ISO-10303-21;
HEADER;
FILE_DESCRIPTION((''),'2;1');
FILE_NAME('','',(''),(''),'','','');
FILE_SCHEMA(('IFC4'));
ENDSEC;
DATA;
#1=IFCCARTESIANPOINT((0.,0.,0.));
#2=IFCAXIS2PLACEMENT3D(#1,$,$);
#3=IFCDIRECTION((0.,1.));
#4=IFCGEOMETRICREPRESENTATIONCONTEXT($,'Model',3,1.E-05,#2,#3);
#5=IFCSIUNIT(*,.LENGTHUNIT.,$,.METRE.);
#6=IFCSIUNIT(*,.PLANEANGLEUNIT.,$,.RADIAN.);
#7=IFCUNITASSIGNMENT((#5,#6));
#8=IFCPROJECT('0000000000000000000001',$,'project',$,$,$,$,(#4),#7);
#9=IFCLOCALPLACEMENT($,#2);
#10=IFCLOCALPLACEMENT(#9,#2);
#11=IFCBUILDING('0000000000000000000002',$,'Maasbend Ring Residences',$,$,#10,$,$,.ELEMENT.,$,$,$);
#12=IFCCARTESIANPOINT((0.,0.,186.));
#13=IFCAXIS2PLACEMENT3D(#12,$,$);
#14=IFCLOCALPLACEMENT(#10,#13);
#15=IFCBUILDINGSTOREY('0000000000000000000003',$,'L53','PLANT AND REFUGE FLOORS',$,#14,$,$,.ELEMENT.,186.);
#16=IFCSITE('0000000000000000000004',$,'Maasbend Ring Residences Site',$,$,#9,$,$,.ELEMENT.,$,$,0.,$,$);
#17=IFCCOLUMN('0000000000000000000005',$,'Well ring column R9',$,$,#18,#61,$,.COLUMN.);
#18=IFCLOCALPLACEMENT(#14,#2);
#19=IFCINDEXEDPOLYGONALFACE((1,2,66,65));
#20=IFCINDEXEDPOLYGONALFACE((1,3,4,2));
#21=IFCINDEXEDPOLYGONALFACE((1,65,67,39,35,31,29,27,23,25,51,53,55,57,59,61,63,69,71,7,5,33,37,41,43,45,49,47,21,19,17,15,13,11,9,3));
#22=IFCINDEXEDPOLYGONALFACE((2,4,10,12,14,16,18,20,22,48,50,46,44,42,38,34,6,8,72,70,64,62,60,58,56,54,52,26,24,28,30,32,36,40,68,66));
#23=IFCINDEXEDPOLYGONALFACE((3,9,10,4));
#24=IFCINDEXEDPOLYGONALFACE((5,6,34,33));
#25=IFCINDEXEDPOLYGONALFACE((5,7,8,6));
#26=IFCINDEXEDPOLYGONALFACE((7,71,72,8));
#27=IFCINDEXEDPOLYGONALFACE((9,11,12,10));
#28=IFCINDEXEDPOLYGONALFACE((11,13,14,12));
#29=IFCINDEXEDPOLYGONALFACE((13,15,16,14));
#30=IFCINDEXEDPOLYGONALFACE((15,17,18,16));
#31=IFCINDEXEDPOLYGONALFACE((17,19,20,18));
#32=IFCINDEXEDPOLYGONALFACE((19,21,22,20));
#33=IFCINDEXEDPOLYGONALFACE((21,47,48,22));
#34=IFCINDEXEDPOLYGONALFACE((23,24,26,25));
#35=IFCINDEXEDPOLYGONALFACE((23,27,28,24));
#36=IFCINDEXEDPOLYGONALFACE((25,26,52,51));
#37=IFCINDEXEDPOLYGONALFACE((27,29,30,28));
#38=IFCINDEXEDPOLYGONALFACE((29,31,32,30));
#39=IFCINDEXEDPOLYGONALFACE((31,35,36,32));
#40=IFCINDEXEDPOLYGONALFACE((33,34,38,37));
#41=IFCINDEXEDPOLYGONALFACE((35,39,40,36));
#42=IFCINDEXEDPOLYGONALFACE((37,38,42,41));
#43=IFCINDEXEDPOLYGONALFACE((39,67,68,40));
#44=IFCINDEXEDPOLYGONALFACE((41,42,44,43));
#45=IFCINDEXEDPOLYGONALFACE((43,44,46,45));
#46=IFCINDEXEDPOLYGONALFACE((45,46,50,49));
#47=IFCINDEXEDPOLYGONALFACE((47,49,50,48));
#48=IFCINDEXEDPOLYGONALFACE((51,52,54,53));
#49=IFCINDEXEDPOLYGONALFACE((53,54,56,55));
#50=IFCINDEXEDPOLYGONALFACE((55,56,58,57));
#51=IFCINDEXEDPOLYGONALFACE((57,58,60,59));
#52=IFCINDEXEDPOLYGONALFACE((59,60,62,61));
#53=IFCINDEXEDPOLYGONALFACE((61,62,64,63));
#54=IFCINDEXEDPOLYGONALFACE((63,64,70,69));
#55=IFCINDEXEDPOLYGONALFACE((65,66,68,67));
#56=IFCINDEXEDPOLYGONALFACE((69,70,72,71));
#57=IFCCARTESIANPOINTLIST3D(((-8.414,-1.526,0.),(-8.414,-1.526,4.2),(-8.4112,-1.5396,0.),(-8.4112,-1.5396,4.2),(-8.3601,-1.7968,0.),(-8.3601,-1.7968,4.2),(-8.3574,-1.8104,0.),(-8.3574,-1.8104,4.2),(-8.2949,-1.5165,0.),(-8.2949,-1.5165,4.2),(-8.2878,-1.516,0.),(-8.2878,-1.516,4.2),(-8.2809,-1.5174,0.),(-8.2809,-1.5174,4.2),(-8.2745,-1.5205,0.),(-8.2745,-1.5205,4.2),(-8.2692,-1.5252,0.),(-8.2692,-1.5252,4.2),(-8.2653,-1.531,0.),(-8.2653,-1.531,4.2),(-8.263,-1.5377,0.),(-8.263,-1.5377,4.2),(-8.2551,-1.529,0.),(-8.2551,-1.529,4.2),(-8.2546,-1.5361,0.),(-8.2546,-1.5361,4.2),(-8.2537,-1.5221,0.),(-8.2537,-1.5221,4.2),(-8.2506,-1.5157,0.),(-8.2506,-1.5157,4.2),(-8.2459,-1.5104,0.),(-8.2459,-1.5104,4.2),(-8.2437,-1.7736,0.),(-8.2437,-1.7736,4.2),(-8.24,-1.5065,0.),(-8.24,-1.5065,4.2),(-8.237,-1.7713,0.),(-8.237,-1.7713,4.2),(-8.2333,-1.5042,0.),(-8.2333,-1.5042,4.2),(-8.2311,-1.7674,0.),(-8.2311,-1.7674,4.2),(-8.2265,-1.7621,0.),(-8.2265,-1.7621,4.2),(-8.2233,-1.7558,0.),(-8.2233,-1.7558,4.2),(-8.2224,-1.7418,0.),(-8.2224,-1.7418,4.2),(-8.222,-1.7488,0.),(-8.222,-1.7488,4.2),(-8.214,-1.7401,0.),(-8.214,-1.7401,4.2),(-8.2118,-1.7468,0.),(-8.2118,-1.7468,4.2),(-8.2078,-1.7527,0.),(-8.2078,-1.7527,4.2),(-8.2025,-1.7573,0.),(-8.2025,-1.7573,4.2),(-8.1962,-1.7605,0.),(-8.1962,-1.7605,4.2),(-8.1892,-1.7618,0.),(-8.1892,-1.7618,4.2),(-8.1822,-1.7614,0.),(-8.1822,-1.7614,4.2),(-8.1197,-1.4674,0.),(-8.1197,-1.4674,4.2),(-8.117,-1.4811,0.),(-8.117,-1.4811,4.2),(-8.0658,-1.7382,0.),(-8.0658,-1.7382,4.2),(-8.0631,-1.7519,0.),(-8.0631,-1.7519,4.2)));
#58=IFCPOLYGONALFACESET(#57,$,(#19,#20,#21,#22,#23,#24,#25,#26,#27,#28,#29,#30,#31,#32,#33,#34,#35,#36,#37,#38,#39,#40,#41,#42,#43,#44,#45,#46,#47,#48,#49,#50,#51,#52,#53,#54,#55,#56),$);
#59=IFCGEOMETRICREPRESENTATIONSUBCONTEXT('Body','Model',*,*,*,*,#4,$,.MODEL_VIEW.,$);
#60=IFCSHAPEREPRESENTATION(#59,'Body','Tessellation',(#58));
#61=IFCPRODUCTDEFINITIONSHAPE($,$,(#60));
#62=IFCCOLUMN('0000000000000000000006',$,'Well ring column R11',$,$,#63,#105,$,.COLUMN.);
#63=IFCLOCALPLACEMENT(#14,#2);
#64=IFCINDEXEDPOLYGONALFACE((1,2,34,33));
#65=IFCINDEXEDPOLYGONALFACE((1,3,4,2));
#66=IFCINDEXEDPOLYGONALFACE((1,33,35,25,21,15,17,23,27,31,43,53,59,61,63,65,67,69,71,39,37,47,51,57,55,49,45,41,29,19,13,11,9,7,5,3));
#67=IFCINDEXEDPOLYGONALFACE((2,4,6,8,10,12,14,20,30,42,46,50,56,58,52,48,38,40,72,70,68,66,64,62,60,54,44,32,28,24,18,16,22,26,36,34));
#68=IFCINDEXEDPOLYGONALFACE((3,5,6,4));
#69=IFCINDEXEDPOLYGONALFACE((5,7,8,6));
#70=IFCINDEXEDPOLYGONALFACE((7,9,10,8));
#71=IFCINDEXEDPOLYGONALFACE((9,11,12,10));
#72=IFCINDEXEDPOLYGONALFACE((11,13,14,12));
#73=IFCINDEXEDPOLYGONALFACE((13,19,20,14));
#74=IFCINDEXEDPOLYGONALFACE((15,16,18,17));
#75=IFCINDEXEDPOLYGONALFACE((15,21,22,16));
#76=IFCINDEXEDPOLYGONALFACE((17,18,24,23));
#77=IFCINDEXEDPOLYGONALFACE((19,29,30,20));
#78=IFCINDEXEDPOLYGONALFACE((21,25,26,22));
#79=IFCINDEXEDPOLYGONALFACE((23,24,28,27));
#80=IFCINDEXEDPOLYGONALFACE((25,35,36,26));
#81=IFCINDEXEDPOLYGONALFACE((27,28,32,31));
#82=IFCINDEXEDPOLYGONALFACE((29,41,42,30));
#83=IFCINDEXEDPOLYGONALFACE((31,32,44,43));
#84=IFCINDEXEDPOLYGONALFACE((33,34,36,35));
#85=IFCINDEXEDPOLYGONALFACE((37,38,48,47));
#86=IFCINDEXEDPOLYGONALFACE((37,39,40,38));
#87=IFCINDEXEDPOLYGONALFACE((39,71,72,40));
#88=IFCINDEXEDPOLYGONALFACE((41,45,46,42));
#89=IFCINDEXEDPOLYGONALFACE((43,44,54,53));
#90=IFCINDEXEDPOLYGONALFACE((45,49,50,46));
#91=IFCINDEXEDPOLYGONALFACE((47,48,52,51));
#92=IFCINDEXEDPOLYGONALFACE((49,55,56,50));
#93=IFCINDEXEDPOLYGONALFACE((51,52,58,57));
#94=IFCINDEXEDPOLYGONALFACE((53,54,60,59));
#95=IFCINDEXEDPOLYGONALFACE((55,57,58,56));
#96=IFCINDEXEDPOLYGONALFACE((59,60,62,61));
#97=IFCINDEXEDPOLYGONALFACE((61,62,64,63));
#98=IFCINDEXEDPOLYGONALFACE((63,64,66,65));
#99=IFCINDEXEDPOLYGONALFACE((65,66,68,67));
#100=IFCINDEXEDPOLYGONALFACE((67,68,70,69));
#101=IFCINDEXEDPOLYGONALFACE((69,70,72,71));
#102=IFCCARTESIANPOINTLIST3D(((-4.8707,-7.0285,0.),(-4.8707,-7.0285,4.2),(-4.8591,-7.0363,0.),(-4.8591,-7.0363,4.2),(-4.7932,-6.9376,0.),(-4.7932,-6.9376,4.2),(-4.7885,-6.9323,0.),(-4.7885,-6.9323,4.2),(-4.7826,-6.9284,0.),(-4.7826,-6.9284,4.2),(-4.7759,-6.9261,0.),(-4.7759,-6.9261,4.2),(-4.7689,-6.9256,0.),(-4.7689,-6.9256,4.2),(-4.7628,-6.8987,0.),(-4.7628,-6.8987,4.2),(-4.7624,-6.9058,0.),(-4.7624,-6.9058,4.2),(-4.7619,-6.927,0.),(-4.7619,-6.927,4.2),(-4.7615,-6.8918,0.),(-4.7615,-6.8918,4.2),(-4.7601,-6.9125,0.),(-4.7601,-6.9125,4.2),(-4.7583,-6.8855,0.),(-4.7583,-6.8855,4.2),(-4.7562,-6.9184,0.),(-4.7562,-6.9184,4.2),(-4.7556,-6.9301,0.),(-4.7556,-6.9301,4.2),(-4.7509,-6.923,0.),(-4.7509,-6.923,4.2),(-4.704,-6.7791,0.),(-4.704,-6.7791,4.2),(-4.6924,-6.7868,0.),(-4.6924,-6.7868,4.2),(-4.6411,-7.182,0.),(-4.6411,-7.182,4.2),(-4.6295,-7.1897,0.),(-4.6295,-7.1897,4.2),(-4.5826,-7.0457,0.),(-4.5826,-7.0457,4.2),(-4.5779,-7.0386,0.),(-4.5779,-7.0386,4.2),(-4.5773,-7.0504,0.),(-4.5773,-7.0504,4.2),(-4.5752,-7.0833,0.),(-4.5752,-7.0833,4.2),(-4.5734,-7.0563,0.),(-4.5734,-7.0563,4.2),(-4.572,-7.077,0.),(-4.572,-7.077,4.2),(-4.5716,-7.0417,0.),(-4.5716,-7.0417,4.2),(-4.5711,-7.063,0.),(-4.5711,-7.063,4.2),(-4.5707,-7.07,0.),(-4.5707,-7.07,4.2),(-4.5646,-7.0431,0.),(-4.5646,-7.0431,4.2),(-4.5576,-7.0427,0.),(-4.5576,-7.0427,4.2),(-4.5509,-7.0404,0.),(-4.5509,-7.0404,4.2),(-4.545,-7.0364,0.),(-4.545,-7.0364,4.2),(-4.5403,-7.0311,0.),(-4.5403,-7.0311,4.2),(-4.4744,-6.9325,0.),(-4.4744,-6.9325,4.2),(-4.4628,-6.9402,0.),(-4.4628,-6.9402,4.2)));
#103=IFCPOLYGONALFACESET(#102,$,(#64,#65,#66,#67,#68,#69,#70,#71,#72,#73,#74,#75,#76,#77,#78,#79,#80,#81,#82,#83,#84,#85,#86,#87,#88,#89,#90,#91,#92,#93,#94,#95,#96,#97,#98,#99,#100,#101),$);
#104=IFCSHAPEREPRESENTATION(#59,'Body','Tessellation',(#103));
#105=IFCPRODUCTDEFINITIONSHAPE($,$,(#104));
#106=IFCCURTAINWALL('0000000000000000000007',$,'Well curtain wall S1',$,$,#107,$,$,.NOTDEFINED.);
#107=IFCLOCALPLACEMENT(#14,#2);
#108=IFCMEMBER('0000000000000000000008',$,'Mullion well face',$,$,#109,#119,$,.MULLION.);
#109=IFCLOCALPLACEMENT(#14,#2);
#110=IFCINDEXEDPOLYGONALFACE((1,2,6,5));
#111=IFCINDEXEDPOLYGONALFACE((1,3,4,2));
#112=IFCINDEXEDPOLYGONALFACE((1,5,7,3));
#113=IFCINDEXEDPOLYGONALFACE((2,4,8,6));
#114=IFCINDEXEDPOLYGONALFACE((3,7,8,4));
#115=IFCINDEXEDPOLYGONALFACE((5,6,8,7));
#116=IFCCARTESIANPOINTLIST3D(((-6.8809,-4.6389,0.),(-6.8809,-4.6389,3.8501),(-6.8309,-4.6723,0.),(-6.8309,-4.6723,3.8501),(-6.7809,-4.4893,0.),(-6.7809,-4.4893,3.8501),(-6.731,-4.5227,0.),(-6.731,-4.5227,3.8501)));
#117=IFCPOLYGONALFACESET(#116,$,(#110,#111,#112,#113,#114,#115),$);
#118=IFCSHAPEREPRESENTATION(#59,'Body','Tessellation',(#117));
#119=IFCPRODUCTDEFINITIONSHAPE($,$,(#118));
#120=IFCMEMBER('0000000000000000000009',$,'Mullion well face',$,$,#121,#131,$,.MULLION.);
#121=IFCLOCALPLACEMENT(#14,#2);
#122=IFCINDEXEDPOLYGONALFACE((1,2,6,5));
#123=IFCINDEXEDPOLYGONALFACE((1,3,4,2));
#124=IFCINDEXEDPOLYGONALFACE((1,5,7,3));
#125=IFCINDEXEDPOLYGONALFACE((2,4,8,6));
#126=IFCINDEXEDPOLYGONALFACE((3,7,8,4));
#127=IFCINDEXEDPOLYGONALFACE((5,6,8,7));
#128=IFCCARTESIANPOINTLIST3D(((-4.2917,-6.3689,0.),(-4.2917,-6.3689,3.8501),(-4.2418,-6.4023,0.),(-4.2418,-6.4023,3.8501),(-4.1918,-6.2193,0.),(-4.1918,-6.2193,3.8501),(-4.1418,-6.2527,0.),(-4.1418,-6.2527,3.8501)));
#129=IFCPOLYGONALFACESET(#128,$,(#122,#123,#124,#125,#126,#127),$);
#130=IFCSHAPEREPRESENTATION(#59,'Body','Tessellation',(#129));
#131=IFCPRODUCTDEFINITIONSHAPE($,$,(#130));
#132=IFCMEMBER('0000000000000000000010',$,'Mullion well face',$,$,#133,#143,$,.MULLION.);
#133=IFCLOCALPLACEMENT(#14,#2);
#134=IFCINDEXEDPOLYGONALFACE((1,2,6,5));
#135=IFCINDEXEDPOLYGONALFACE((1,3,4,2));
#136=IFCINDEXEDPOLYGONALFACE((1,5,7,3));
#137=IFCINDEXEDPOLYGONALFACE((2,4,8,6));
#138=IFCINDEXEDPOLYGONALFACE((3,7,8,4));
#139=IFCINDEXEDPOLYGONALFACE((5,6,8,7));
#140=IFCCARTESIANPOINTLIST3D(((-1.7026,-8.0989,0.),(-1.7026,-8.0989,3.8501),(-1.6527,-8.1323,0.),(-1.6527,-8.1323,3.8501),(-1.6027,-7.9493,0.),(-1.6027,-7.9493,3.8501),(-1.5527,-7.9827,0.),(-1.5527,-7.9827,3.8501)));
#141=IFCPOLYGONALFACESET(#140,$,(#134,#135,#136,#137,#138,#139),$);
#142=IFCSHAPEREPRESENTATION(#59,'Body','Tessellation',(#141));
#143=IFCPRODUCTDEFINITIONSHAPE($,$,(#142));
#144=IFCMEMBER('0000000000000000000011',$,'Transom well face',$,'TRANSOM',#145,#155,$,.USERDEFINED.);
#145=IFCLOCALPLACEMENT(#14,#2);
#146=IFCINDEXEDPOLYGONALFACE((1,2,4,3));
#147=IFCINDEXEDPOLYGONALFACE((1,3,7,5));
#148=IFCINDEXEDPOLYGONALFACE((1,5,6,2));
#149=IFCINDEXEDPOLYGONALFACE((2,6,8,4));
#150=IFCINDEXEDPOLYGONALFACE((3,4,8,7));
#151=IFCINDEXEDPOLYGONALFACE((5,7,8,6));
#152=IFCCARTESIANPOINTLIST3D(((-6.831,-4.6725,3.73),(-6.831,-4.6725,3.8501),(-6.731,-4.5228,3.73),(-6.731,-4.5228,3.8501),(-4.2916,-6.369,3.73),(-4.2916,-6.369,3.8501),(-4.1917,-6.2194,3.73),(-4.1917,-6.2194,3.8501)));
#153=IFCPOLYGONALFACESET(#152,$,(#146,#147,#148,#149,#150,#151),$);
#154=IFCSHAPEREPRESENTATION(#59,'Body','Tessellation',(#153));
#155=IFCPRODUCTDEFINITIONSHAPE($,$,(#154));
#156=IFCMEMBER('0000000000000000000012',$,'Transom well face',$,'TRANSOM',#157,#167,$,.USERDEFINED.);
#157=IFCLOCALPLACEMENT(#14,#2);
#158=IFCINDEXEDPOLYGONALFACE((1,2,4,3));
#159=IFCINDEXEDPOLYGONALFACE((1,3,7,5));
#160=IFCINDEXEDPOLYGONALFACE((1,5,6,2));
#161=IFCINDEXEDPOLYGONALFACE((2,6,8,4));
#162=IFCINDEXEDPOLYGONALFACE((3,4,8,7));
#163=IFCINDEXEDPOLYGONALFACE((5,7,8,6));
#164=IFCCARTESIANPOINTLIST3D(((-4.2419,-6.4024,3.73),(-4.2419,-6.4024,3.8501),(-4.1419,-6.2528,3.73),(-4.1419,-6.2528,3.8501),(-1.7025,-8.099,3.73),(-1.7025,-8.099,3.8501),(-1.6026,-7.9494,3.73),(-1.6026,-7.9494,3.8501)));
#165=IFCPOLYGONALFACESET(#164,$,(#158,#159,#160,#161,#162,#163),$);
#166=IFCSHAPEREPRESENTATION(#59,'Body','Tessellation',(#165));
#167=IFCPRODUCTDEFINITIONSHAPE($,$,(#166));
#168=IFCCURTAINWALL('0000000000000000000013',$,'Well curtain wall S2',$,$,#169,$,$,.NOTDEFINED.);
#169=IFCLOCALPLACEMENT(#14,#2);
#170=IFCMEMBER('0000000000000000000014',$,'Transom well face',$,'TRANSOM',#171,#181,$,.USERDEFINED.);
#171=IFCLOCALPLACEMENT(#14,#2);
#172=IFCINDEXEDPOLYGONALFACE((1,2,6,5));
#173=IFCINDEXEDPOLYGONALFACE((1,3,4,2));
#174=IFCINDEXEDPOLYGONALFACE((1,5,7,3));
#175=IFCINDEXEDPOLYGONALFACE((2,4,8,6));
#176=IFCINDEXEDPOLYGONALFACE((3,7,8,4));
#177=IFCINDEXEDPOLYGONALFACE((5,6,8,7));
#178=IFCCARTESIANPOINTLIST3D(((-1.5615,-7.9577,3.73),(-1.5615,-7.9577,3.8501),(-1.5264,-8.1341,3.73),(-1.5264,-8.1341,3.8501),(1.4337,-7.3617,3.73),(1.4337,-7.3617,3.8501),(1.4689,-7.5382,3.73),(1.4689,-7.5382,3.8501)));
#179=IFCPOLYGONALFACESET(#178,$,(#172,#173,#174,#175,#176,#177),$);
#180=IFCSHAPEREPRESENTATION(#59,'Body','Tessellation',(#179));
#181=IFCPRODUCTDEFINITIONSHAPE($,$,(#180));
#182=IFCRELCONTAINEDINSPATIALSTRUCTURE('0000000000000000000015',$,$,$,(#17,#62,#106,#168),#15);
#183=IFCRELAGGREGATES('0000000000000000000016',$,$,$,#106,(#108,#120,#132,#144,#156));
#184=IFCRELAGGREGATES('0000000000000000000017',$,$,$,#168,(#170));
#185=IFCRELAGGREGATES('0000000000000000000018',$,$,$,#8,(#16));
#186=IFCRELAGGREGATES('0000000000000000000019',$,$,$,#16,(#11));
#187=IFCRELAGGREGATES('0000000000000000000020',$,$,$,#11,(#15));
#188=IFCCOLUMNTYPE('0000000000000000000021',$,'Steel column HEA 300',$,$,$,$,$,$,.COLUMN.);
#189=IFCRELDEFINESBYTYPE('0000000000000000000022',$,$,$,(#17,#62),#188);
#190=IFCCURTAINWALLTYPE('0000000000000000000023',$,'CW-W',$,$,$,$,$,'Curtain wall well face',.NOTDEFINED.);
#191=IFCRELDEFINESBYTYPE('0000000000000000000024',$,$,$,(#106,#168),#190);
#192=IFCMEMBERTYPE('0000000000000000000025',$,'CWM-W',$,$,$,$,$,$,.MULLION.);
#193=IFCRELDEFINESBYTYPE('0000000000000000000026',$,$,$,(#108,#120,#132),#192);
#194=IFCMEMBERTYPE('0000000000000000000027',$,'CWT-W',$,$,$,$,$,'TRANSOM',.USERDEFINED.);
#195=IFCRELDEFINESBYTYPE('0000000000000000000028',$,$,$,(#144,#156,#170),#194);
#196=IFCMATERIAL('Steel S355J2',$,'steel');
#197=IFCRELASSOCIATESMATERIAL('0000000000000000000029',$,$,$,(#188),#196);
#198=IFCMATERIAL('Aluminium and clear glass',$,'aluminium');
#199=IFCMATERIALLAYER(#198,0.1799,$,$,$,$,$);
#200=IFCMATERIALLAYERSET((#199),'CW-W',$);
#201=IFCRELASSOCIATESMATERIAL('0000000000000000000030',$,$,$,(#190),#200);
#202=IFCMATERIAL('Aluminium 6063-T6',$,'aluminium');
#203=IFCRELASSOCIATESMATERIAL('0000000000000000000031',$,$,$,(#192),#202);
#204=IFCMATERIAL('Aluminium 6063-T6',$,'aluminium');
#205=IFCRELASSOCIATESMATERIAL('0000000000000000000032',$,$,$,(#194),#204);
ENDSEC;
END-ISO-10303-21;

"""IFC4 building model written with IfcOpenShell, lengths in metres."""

from ifc_helpers import new_model, si_unit, direction, frame, origin, origin_2d, place, context, subcontext, project, spatial, rectangle, i_section, extrude, material, layer, layer_set, material_profile, profile_set, type_object, element, aggregate, save


model = new_model("IFC4")

# Units and contexts
model_context = context("Model", 3, precision=1e-05, world=origin(), true_north=direction((0.0, 1.0)))
body_context = subcontext(model_context, "Body", "Model", "MODEL_VIEW")
ifc_project = project(units=[si_unit("LENGTHUNIT", "METRE"), si_unit("PLANEANGLEUNIT", "RADIAN")], contexts=[model_context])

# Site, building, storey
site_placement = place(None, origin())
site = spatial("IfcSite", under=ifc_project, at=site_placement, Name="Maasbend Ring Residences Site", CompositionType="ELEMENT", RefElevation=0.0)
building_placement = place(site_placement, origin())
building = spatial("IfcBuilding", under=site, at=building_placement, Name="Maasbend Ring Residences", CompositionType="ELEMENT")
storey_placement = place(building_placement, frame((0.0, 0.0, 186.0)))
storey = spatial("IfcBuildingStorey", under=building, at=storey_placement, Name="L53", Description="PLANT AND REFUGE FLOORS", CompositionType="ELEMENT", Elevation=186.0)

# Columns
ifc_material_1 = material(Name="Steel S355J2", Category="steel")
ifc_material_profile_1 = material_profile(ifc_material_1, i_section(OverallWidth=0.3, OverallDepth=0.29, WebThickness=0.0085, FlangeThickness=0.0139, FilletRadius=0.0271, at=origin_2d()), Name="HEA 300")
ifc_profile_set_1 = profile_set([ifc_material_profile_1], Name="Steel S355J2")
column_type = type_object("IfcColumnType", Name="Steel column HEA 300", PredefinedType="COLUMN", material=ifc_profile_set_1)
for number, where, z_axis, x_axis, name in (
    (1, (-8.2385, -1.6389, 0.0), (0.0, 0.0, 1.0), (-0.980785, -0.19509, 0.0), "Well ring column R9"),
    (2, (-4.6667, -6.9844, 0.0), (0.0, 0.0, 1.0), (-0.55557, -0.83147, 0.0), "Well ring column R11"),
):
    element("IfcColumn", number, at=place(storey_placement, frame(where, z_axis=z_axis, x_axis=x_axis)), inside=storey, type_object=column_type, Name=name, PredefinedType="COLUMN", context=body_context, shape_type="SweptSolid", body=[
        extrude(i_section(OverallWidth=0.3, OverallDepth=0.29, WebThickness=0.0085, FlangeThickness=0.0139, FilletRadius=0.0271, at=origin_2d()), origin(), (0.0, 0.0, 1.0), 4.2),
    ])

# Curtain wall, members
ifc_material_2 = material(Name="Aluminium and clear glass", Category="aluminium")
ifc_layer_1 = layer(ifc_material_2, 0.1799)
ifc_layer_set_1 = layer_set([ifc_layer_1], Name="CW-W")
curtain_wall_type = type_object("IfcCurtainWallType", Name="CW-W", ElementType="Curtain wall well face", PredefinedType="NOTDEFINED", material=ifc_layer_set_1)
curtain_wall_1_placement = place(storey_placement, origin())
curtain_wall_1 = element("IfcCurtainWall", 3, at=curtain_wall_1_placement, inside=storey, type_object=curtain_wall_type, Name="Well curtain wall S1", PredefinedType="NOTDEFINED")
ifc_material_3 = material(Name="Aluminium 6063-T6", Category="aluminium")
ifc_material_profile_2 = material_profile(ifc_material_3, rectangle(XDim=0.1799, YDim=0.0601, at=origin_2d()), Name="AL 180x60")
ifc_profile_set_2 = profile_set([ifc_material_profile_2], Name="Aluminium 6063-T6")
member_type_1 = type_object("IfcMemberType", Name="CWM-W", PredefinedType="MULLION", material=ifc_profile_set_2)
member_1_placement = place(storey_placement, frame((-6.8059, -4.5808, 0.0), z_axis=(0.0, 0.0, 1.0), x_axis=(0.55557, 0.83147, 0.0)))
member_1 = element("IfcMember", 4, at=member_1_placement, type_object=member_type_1, Name="Mullion well face", PredefinedType="MULLION", context=body_context, shape_type="SweptSolid", body=[
    extrude(rectangle(XDim=0.1799, YDim=0.0601, at=origin_2d()), origin(), (0.0, 0.0, 1.0), 3.8501),
])
member_2_placement = place(storey_placement, frame((-4.2168, -6.3108, 0.0), z_axis=(0.0, 0.0, 1.0), x_axis=(0.55557, 0.83147, 0.0)))
member_2 = element("IfcMember", 5, at=member_2_placement, type_object=member_type_1, Name="Mullion well face", PredefinedType="MULLION", context=body_context, shape_type="SweptSolid", body=[
    extrude(rectangle(XDim=0.1799, YDim=0.0601, at=origin_2d()), origin(), (0.0, 0.0, 1.0), 3.8501),
])
member_3_placement = place(storey_placement, frame((-1.6277, -8.0408, 0.0), z_axis=(0.0, 0.0, 1.0), x_axis=(0.55557, 0.83147, 0.0)))
member_3 = element("IfcMember", 6, at=member_3_placement, type_object=member_type_1, Name="Mullion well face", PredefinedType="MULLION", context=body_context, shape_type="SweptSolid", body=[
    extrude(rectangle(XDim=0.1799, YDim=0.0601, at=origin_2d()), origin(), (0.0, 0.0, 1.0), 3.8501),
])
ifc_material_4 = material(Name="Aluminium 6063-T6", Category="aluminium")
ifc_material_profile_3 = material_profile(ifc_material_4, rectangle(XDim=0.1799, YDim=0.1201, at=origin_2d()), Name="AL 180x120")
ifc_profile_set_3 = profile_set([ifc_material_profile_3], Name="Aluminium 6063-T6")
member_type_2 = type_object("IfcMemberType", Name="CWT-W", ElementType="TRANSOM", PredefinedType="USERDEFINED", material=ifc_profile_set_3)
member_4_placement = place(storey_placement, frame((-6.781, -4.5977, 3.79), z_axis=(0.831496, -0.55553, 0.0), x_axis=(0.55553, 0.831496, 0.0)))
member_4 = element("IfcMember", 7, at=member_4_placement, type_object=member_type_2, Name="Transom well face", ObjectType="TRANSOM", PredefinedType="USERDEFINED", context=body_context, shape_type="SweptSolid", body=[
    extrude(rectangle(XDim=0.1799, YDim=0.1201, at=origin_2d()), origin(), (0.0, 0.0, 1.0), 3.054),
])
member_5_placement = place(storey_placement, frame((-4.1919, -6.3276, 3.79), z_axis=(0.831496, -0.55553, 0.0), x_axis=(0.55553, 0.831496, 0.0)))
member_5 = element("IfcMember", 8, at=member_5_placement, type_object=member_type_2, Name="Transom well face", ObjectType="TRANSOM", PredefinedType="USERDEFINED", context=body_context, shape_type="SweptSolid", body=[
    extrude(rectangle(XDim=0.1799, YDim=0.1201, at=origin_2d()), origin(), (0.0, 0.0, 1.0), 3.054),
])

# Curtain wall, member
curtain_wall_2_placement = place(storey_placement, origin())
curtain_wall_2 = element("IfcCurtainWall", 9, at=curtain_wall_2_placement, inside=storey, type_object=curtain_wall_type, Name="Well curtain wall S2", PredefinedType="NOTDEFINED")
member_6_placement = place(storey_placement, frame((-1.5439, -8.0459, 3.79), z_axis=(0.980777, 0.195132, 0.0), x_axis=(-0.195132, 0.980777, 0.0)))
member_6 = element("IfcMember", 10, at=member_6_placement, type_object=member_type_2, Name="Transom well face", ObjectType="TRANSOM", PredefinedType="USERDEFINED", context=body_context, shape_type="SweptSolid", body=[
    extrude(rectangle(XDim=0.1799, YDim=0.1201, at=origin_2d()), origin(), (0.0, 0.0, 1.0), 3.054),
])

aggregate(curtain_wall_1, [member_1, member_2, member_3, member_4, member_5])
aggregate(curtain_wall_2, [member_6])

save(model, "model.ifc")
